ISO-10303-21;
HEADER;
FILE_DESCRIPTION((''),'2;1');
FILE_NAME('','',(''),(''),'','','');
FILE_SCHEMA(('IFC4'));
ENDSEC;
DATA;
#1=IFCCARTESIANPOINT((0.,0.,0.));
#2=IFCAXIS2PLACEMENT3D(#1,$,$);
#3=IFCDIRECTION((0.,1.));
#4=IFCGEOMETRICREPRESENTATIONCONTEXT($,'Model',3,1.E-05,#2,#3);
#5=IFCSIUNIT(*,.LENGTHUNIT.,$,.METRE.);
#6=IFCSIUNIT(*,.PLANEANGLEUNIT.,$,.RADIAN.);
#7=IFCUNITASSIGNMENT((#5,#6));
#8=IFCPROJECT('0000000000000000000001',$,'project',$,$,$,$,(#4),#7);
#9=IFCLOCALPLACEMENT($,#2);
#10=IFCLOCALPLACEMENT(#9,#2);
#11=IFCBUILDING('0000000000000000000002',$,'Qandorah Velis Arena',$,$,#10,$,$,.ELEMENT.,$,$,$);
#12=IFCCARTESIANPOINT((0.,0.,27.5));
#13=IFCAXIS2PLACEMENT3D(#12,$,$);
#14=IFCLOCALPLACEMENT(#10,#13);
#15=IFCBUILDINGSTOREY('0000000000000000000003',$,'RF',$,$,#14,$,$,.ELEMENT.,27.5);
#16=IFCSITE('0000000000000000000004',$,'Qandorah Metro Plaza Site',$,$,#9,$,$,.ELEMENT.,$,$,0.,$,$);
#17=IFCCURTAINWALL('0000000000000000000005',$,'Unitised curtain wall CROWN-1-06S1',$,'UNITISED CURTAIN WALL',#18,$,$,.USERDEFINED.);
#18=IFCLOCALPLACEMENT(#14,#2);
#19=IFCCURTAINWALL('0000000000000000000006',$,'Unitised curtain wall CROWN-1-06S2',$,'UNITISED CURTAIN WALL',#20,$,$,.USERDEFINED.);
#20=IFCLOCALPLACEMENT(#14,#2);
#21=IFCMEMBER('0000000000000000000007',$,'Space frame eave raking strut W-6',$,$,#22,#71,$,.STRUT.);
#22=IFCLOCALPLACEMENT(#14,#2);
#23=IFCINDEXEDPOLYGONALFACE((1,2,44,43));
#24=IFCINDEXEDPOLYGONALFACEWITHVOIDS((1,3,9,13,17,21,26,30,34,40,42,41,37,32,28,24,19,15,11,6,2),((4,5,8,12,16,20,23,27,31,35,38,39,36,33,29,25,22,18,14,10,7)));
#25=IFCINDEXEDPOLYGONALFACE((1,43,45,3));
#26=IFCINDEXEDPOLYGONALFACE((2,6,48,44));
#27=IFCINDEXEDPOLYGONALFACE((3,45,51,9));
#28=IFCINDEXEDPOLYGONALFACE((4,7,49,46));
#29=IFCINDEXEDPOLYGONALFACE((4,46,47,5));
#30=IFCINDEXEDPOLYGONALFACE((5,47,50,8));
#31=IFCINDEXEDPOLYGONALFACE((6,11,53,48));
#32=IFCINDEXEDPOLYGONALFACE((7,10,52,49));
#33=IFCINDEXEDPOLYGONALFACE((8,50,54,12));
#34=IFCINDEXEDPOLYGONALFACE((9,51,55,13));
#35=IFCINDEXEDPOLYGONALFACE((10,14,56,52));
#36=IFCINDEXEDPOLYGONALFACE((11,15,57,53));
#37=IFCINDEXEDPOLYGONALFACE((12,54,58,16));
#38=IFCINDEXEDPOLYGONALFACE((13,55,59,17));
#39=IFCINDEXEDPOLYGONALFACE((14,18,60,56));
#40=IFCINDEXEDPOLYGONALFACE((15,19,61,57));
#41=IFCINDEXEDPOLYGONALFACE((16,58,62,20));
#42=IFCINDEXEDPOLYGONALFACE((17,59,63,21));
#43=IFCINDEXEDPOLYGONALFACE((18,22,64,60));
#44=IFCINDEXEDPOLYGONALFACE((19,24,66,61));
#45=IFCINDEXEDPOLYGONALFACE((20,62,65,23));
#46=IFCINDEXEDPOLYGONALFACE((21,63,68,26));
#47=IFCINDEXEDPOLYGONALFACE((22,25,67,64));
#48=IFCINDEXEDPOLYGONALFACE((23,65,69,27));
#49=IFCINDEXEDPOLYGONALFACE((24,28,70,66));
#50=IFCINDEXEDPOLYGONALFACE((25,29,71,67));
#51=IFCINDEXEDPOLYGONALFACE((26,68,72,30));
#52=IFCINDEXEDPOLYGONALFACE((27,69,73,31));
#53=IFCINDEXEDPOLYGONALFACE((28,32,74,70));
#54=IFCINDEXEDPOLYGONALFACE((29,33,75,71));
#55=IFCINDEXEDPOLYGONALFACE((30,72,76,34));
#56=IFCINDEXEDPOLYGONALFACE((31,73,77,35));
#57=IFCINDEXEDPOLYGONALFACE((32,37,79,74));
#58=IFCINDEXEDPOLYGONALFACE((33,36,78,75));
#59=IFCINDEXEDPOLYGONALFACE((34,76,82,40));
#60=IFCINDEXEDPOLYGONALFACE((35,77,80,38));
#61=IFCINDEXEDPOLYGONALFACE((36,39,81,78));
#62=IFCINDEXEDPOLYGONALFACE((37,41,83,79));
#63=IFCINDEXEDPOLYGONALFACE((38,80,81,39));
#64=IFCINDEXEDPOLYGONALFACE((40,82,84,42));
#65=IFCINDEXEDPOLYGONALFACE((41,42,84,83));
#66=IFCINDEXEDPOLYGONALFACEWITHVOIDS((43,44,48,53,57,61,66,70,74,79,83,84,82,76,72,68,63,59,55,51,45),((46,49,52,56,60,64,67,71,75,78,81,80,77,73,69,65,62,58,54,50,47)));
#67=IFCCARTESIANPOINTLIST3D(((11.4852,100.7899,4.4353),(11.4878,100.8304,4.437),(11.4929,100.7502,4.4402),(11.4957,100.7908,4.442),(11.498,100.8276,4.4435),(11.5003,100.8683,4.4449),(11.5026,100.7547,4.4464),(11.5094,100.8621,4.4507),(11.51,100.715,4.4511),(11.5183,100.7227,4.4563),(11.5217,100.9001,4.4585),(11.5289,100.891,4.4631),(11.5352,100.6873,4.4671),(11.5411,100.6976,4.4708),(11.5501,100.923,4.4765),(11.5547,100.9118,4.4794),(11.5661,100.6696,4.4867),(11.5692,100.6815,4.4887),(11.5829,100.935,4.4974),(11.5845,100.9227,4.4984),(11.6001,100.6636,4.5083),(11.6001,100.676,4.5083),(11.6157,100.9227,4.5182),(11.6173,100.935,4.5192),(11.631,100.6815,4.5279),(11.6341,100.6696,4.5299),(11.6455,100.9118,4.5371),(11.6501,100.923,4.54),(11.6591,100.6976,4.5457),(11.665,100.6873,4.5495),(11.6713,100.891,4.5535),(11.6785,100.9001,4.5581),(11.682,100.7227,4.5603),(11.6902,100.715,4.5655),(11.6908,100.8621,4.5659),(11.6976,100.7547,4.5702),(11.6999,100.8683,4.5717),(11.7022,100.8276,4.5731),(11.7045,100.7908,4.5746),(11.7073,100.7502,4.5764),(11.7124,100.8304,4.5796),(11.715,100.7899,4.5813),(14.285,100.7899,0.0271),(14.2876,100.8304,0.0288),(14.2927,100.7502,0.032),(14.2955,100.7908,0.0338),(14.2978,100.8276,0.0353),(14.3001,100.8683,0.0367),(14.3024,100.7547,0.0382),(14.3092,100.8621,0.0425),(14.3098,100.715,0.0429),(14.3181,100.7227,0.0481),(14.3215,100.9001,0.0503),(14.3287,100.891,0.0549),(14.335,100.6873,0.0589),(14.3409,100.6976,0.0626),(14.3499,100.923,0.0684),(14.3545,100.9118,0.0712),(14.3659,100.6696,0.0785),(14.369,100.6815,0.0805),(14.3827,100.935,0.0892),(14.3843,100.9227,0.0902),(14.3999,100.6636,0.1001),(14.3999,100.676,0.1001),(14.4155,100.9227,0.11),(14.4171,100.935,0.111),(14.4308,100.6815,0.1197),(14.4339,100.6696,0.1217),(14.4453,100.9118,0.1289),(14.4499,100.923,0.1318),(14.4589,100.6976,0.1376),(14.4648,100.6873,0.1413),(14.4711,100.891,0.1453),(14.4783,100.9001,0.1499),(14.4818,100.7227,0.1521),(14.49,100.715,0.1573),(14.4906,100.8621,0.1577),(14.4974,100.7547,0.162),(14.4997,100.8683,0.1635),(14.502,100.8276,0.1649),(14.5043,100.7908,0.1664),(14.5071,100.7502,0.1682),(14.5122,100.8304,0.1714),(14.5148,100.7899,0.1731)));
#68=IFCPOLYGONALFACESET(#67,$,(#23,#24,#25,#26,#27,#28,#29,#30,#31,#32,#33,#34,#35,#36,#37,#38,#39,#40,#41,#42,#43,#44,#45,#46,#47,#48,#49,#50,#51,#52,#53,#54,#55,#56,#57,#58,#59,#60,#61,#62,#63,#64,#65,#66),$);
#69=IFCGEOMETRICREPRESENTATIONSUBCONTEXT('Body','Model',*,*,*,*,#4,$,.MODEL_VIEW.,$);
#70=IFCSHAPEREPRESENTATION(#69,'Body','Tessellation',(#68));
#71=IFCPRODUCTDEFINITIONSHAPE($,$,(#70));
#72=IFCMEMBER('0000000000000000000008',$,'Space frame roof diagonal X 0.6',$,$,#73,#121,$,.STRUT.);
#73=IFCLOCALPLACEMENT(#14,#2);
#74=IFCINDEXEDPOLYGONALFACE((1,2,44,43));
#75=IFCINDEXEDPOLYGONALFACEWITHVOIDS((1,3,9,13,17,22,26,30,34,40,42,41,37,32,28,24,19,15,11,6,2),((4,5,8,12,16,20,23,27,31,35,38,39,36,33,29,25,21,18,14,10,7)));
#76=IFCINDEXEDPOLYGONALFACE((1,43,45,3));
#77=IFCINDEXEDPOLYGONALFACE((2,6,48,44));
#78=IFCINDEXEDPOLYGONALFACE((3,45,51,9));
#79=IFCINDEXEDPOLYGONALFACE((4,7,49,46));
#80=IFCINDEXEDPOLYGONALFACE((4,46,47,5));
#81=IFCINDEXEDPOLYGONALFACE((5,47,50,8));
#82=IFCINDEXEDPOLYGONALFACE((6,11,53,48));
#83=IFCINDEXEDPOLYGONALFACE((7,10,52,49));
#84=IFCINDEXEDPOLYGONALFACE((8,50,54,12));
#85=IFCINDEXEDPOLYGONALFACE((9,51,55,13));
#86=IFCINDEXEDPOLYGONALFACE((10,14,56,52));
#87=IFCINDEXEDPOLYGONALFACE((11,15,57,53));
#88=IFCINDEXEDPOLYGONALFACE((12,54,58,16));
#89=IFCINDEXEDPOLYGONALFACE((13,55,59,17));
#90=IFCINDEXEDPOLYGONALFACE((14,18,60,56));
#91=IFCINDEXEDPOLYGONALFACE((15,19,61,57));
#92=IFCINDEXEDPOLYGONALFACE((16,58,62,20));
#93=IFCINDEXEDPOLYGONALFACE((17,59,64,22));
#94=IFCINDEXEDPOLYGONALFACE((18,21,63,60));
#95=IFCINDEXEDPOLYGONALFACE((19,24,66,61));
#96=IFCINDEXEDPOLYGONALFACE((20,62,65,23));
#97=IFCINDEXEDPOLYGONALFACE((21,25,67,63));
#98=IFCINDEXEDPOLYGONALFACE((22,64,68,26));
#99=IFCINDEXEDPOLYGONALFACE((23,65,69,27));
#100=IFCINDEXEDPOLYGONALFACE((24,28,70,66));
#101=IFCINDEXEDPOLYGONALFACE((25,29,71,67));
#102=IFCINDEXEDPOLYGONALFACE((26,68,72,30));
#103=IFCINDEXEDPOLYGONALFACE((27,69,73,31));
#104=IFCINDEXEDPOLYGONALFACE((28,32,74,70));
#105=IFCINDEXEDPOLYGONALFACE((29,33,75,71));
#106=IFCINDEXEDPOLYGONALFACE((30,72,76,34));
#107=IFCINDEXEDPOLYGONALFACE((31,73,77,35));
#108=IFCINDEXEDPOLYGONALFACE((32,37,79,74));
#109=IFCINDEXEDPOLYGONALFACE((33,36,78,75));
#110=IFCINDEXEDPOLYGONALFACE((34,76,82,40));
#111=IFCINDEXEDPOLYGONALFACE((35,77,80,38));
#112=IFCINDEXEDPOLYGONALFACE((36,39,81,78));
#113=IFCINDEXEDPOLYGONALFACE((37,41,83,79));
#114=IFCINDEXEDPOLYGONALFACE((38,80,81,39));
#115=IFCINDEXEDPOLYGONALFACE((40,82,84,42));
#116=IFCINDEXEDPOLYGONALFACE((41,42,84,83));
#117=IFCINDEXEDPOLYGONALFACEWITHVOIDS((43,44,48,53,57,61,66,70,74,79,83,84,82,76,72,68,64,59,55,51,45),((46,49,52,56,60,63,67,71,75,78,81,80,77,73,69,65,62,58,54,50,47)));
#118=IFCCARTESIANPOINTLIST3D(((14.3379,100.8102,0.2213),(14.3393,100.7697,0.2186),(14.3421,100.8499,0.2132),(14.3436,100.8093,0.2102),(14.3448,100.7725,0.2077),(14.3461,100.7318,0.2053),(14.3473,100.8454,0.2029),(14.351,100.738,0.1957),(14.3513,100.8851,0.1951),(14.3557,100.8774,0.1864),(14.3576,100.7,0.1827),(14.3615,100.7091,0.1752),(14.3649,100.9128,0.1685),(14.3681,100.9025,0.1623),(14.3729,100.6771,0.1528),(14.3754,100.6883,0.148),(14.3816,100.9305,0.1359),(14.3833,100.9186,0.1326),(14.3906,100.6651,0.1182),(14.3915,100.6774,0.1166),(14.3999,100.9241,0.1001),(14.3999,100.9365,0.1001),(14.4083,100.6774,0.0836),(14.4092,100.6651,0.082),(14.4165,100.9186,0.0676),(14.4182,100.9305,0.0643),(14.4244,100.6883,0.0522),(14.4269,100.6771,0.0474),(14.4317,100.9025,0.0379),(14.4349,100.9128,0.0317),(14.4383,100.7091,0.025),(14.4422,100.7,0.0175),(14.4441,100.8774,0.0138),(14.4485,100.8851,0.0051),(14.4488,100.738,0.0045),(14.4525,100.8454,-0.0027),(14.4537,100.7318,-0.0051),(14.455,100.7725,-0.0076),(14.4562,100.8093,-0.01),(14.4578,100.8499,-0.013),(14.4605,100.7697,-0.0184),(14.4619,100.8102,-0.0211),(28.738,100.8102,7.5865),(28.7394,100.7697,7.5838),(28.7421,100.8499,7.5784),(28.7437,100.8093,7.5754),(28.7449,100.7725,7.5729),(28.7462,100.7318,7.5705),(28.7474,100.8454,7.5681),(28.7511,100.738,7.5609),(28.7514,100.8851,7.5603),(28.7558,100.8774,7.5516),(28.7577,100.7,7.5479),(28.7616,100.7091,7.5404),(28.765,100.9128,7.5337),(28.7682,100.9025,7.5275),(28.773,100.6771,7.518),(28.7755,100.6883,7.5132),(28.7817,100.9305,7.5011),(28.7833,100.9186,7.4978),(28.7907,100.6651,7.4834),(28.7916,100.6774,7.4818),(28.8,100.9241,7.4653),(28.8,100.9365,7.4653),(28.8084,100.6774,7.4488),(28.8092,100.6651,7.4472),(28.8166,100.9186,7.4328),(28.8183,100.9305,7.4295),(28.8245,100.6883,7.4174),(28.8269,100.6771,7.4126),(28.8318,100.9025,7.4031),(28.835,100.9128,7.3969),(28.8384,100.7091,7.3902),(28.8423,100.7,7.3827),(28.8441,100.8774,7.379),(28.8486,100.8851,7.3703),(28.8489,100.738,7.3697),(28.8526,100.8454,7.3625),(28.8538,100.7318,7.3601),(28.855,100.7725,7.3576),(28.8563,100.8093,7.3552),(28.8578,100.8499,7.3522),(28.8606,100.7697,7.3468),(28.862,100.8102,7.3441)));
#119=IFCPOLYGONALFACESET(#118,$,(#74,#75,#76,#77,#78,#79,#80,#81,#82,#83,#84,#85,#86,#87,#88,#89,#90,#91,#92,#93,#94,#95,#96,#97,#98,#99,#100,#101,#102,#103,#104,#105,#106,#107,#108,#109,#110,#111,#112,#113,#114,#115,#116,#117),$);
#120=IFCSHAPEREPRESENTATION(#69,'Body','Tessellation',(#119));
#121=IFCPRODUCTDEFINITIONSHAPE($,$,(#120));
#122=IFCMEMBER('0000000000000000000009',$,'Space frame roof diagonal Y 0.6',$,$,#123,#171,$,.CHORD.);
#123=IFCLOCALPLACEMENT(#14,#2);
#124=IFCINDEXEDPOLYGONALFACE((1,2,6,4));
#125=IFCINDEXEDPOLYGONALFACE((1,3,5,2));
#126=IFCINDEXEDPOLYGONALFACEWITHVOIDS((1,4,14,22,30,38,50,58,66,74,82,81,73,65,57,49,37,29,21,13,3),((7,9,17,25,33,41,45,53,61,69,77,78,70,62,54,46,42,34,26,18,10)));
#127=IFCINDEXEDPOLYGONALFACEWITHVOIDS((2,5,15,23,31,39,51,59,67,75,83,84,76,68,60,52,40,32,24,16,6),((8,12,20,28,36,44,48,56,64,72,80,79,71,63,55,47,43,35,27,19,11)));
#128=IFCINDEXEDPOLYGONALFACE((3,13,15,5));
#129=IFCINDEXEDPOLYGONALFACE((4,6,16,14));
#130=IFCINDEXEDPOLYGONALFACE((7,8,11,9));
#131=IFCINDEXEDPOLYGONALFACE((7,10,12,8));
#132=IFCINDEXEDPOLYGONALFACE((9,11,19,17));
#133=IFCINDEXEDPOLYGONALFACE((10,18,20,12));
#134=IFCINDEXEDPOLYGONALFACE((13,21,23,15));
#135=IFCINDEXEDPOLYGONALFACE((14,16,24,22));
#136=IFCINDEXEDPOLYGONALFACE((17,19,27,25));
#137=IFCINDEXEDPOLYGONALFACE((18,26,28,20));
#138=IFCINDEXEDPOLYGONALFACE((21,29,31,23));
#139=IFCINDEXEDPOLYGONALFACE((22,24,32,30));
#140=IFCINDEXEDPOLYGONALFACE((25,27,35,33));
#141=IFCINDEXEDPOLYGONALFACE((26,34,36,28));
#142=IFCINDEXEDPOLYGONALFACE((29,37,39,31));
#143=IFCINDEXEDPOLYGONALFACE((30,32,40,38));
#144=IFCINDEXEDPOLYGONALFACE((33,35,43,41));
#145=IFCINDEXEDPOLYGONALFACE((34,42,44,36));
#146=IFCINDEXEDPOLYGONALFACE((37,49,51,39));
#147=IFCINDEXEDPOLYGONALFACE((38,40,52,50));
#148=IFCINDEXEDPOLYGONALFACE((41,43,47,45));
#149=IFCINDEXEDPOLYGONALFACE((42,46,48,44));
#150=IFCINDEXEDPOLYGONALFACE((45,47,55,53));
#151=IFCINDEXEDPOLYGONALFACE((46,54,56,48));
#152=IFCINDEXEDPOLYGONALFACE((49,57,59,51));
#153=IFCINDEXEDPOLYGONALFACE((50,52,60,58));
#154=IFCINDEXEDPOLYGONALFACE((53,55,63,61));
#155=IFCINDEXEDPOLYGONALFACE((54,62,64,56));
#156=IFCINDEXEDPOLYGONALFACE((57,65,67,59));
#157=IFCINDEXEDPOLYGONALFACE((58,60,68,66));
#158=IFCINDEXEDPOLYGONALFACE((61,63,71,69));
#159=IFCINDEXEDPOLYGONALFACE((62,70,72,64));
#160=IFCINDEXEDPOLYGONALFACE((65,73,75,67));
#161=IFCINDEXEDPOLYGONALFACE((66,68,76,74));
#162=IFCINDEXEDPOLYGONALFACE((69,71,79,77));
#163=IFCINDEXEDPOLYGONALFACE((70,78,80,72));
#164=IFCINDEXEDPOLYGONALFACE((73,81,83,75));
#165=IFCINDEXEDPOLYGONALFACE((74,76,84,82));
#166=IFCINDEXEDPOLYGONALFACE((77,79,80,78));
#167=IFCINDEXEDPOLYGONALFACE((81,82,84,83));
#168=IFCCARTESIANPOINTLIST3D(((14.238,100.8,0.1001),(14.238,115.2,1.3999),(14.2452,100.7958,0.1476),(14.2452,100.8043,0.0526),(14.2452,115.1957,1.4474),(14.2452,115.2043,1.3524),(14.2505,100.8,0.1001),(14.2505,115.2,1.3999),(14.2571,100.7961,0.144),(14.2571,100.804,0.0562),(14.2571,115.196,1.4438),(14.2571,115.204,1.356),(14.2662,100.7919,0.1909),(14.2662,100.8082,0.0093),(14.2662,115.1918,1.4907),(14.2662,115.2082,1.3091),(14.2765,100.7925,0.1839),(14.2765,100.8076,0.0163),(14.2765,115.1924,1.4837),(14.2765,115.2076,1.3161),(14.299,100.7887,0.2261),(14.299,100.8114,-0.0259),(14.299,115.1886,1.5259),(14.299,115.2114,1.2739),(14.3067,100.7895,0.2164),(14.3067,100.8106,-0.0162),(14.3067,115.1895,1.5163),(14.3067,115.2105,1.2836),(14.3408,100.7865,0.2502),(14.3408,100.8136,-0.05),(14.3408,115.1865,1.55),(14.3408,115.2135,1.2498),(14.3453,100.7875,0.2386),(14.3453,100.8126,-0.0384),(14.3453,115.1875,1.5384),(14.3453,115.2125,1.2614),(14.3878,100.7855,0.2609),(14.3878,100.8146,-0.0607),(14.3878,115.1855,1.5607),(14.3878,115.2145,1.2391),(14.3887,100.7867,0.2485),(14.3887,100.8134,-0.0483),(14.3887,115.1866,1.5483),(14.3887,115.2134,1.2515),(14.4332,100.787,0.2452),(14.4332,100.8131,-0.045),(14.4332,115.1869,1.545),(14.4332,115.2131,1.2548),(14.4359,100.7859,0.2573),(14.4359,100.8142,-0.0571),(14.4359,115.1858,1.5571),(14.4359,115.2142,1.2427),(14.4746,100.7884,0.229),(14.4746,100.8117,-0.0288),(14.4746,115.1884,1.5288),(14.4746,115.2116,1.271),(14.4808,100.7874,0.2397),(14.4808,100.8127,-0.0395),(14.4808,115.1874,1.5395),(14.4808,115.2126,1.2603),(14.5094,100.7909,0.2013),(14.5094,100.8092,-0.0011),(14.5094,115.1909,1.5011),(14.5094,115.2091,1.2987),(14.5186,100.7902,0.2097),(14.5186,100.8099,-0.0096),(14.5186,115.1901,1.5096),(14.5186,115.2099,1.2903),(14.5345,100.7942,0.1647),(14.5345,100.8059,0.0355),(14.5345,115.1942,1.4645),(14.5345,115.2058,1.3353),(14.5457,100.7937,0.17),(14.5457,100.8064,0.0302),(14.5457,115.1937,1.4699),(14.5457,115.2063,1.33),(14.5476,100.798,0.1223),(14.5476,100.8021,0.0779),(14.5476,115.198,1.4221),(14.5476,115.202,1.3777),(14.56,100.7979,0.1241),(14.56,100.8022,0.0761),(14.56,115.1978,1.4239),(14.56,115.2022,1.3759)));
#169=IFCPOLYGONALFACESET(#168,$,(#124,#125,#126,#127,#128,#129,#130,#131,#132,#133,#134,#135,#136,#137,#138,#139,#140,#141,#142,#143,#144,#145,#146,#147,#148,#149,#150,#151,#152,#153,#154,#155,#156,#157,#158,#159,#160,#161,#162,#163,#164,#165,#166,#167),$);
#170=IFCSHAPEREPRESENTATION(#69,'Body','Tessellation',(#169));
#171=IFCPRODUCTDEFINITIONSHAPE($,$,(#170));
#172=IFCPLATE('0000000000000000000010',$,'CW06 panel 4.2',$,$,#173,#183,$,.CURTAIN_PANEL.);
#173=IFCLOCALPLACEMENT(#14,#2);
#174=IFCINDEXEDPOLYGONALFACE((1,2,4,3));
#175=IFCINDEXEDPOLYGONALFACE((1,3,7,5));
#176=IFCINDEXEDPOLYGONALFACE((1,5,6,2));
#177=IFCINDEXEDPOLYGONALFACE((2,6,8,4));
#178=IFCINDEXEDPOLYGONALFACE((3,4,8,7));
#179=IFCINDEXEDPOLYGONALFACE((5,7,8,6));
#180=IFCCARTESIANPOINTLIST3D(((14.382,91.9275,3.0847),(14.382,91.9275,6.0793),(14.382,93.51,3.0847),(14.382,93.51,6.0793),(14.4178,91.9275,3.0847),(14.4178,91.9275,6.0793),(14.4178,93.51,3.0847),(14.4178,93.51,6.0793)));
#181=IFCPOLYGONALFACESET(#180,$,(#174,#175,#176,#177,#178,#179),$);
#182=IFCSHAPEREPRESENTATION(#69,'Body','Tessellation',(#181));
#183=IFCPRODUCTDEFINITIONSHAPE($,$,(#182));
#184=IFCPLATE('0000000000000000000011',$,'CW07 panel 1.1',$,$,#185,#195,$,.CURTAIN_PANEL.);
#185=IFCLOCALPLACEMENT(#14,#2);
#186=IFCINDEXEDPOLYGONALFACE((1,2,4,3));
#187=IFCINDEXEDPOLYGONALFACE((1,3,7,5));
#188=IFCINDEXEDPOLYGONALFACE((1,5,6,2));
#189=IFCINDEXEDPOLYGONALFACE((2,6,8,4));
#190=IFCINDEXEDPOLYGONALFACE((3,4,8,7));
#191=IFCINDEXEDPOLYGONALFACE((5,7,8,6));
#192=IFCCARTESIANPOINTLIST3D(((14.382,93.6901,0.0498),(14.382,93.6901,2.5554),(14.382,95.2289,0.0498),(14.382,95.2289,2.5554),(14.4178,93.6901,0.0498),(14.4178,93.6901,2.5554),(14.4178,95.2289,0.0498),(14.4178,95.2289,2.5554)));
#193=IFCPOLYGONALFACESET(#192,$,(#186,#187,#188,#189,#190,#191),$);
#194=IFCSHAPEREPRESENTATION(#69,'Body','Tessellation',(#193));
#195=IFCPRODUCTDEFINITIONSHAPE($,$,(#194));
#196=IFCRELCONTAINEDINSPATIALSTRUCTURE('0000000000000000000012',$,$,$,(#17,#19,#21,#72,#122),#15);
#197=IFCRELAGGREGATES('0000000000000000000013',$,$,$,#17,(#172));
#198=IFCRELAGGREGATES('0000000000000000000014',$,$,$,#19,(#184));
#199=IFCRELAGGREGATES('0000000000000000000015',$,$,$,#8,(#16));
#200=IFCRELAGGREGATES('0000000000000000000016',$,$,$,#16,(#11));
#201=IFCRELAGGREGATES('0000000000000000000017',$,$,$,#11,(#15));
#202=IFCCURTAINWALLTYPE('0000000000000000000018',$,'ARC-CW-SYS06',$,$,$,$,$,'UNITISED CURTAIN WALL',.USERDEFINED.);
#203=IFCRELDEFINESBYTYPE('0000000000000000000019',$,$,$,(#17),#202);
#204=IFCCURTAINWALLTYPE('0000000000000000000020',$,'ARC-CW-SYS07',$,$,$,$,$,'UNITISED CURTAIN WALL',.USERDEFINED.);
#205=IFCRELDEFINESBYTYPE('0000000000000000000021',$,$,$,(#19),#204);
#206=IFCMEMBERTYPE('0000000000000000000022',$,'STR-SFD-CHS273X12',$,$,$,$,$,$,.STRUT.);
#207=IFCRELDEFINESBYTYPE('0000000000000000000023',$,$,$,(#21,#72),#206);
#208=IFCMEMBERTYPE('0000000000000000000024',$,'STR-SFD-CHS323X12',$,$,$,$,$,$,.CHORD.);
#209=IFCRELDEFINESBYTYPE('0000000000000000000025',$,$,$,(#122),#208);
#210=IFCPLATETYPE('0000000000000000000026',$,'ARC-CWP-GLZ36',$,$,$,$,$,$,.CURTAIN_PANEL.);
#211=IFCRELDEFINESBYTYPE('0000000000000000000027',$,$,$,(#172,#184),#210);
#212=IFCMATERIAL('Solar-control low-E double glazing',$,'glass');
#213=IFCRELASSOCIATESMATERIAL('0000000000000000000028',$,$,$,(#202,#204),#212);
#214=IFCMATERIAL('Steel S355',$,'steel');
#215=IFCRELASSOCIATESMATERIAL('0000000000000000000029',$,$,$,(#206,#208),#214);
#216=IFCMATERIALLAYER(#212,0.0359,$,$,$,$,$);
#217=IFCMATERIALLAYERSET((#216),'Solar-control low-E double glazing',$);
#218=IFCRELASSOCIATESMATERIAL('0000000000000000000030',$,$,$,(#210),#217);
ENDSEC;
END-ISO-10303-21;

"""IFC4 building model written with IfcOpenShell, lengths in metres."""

from ifc_helpers import new_model, si_unit, direction, frame, origin, origin_2d, place, context, subcontext, project, spatial, rectangle, hollow_circle, extrude, material, layer, layer_set, material_profile, profile_set, type_object, element, aggregate, save


model = new_model("IFC4")

# Units and contexts
model_context = context("Model", 3, precision=1e-05, world=origin(), true_north=direction((0.0, 1.0)))
body_context = subcontext(model_context, "Body", "Model", "MODEL_VIEW")
ifc_project = project(units=[si_unit("LENGTHUNIT", "METRE"), si_unit("PLANEANGLEUNIT", "RADIAN")], contexts=[model_context])

# Site, building, storey
site_placement = place(None, origin())
site = spatial("IfcSite", under=ifc_project, at=site_placement, Name="Qandorah Metro Plaza Site", CompositionType="ELEMENT", RefElevation=0.0)
building_placement = place(site_placement, origin())
building = spatial("IfcBuilding", under=site, at=building_placement, Name="Qandorah Velis Arena", CompositionType="ELEMENT")
storey_placement = place(building_placement, frame((0.0, 0.0, 27.5)))
storey = spatial("IfcBuildingStorey", under=building, at=storey_placement, Name="RF", CompositionType="ELEMENT", Elevation=27.5)

# Curtain wall
ifc_material_1 = material(Name="Solar-control low-E double glazing", Category="glass")
curtain_wall_type_1 = type_object("IfcCurtainWallType", Name="ARC-CW-SYS06", ElementType="UNITISED CURTAIN WALL", PredefinedType="USERDEFINED", material=ifc_material_1)
curtain_wall_1_placement = place(storey_placement, origin())
curtain_wall_1 = element("IfcCurtainWall", 1, at=curtain_wall_1_placement, inside=storey, type_object=curtain_wall_type_1, Name="Unitised curtain wall CROWN-1-06S1", ObjectType="UNITISED CURTAIN WALL", PredefinedType="USERDEFINED")

# Curtain wall
curtain_wall_type_2 = type_object("IfcCurtainWallType", Name="ARC-CW-SYS07", ElementType="UNITISED CURTAIN WALL", PredefinedType="USERDEFINED", material=ifc_material_1)
curtain_wall_2_placement = place(storey_placement, origin())
curtain_wall_2 = element("IfcCurtainWall", 2, at=curtain_wall_2_placement, inside=storey, type_object=curtain_wall_type_2, Name="Unitised curtain wall CROWN-1-06S2", ObjectType="UNITISED CURTAIN WALL", PredefinedType="USERDEFINED")

# Shared definitions
ifc_material_2 = material(Name="Steel S355", Category="steel")

# Members
ifc_material_profile_1 = material_profile(ifc_material_2, hollow_circle(Radius=0.1365, WallThickness=0.0125, at=origin_2d()), Name="CHS 273x12.5")
ifc_profile_set_1 = profile_set([ifc_material_profile_1], Name="Steel S355")
member_type_1 = type_object("IfcMemberType", Name="STR-SFD-CHS273X12", PredefinedType="STRUT", material=ifc_profile_set_1)
member_1_placement = place(storey_placement, frame((14.3999, 100.8, 0.1001), z_axis=(-0.536137, 0.0, 0.844131), x_axis=(0.0, -1.0, 0.0)))
element("IfcMember", 3, at=member_1_placement, inside=storey, type_object=member_type_1, Name="Space frame eave raking strut W-6", PredefinedType="STRUT", context=body_context, shape_type="SweptSolid", body=[
    extrude(hollow_circle(Radius=0.1365, WallThickness=0.0125, at=origin_2d()), origin(), (0.0, 0.0, 1.0), 5.2222),
])
member_2_placement = place(storey_placement, frame((14.3999, 100.8, 0.1001), z_axis=(0.890305, 0.0, 0.455364), x_axis=(0.0, 1.0, 0.0)))
element("IfcMember", 4, at=member_2_placement, inside=storey, type_object=member_type_1, Name="Space frame roof diagonal X 0.6", PredefinedType="STRUT", context=body_context, shape_type="SweptSolid", body=[
    extrude(hollow_circle(Radius=0.1365, WallThickness=0.0125, at=origin_2d()), origin(), (0.0, 0.0, 1.0), 16.1743),
])
ifc_material_profile_2 = material_profile(ifc_material_2, hollow_circle(Radius=0.1619, WallThickness=0.0125, at=origin_2d()), Name="CHS 323.9x12.5")
ifc_profile_set_2 = profile_set([ifc_material_profile_2], Name="Steel S355")
member_type_2 = type_object("IfcMemberType", Name="STR-SFD-CHS323X12", PredefinedType="CHORD", material=ifc_profile_set_2)
member_3_placement = place(storey_placement, frame((14.3999, 100.8, 0.1001), z_axis=(0.0, 0.995951, 0.089899), x_axis=(-1.0, 0.0, 0.0)))
element("IfcMember", 5, at=member_3_placement, inside=storey, type_object=member_type_2, Name="Space frame roof diagonal Y 0.6", PredefinedType="CHORD", context=body_context, shape_type="SweptSolid", body=[
    extrude(hollow_circle(Radius=0.1619, WallThickness=0.0125, at=origin_2d()), origin(), (0.0, 0.0, 1.0), 14.4585),
])

# Plates
ifc_layer_1 = layer(ifc_material_1, 0.0359)
ifc_layer_set_1 = layer_set([ifc_layer_1], Name="Solar-control low-E double glazing")
plate_type_1 = type_object("IfcPlateType", Name="ARC-CWP-GLZ36", PredefinedType="CURTAIN_PANEL", material=ifc_layer_set_1)
plate_1_placement = place(storey_placement, frame((14.3999, 92.7188, 3.0847), z_axis=(0.0, 0.0, 1.0), x_axis=(0.0, 1.0, 0.0)))
plate_1 = element("IfcPlate", 6, at=plate_1_placement, type_object=plate_type_1, Name="CW06 panel 4.2", PredefinedType="CURTAIN_PANEL", context=body_context, shape_type="SweptSolid", body=[
    extrude(rectangle(XDim=1.5825, YDim=0.0359, at=origin_2d()), origin(), (0.0, 0.0, 1.0), 2.9946),
])
aggregate(curtain_wall_1, [plate_1])
plate_2_placement = place(storey_placement, frame((14.3999, 94.4595, 0.0498), z_axis=(0.0, 0.0, 1.0), x_axis=(0.0, 1.0, 0.0)))
plate_2 = element("IfcPlate", 7, at=plate_2_placement, type_object=plate_type_1, Name="CW07 panel 1.1", PredefinedType="CURTAIN_PANEL", context=body_context, shape_type="SweptSolid", body=[
    extrude(rectangle(XDim=1.5388, YDim=0.0359, at=origin_2d()), origin(), (0.0, 0.0, 1.0), 2.5056),
])
aggregate(curtain_wall_2, [plate_2])

save(model, "model.ifc")
